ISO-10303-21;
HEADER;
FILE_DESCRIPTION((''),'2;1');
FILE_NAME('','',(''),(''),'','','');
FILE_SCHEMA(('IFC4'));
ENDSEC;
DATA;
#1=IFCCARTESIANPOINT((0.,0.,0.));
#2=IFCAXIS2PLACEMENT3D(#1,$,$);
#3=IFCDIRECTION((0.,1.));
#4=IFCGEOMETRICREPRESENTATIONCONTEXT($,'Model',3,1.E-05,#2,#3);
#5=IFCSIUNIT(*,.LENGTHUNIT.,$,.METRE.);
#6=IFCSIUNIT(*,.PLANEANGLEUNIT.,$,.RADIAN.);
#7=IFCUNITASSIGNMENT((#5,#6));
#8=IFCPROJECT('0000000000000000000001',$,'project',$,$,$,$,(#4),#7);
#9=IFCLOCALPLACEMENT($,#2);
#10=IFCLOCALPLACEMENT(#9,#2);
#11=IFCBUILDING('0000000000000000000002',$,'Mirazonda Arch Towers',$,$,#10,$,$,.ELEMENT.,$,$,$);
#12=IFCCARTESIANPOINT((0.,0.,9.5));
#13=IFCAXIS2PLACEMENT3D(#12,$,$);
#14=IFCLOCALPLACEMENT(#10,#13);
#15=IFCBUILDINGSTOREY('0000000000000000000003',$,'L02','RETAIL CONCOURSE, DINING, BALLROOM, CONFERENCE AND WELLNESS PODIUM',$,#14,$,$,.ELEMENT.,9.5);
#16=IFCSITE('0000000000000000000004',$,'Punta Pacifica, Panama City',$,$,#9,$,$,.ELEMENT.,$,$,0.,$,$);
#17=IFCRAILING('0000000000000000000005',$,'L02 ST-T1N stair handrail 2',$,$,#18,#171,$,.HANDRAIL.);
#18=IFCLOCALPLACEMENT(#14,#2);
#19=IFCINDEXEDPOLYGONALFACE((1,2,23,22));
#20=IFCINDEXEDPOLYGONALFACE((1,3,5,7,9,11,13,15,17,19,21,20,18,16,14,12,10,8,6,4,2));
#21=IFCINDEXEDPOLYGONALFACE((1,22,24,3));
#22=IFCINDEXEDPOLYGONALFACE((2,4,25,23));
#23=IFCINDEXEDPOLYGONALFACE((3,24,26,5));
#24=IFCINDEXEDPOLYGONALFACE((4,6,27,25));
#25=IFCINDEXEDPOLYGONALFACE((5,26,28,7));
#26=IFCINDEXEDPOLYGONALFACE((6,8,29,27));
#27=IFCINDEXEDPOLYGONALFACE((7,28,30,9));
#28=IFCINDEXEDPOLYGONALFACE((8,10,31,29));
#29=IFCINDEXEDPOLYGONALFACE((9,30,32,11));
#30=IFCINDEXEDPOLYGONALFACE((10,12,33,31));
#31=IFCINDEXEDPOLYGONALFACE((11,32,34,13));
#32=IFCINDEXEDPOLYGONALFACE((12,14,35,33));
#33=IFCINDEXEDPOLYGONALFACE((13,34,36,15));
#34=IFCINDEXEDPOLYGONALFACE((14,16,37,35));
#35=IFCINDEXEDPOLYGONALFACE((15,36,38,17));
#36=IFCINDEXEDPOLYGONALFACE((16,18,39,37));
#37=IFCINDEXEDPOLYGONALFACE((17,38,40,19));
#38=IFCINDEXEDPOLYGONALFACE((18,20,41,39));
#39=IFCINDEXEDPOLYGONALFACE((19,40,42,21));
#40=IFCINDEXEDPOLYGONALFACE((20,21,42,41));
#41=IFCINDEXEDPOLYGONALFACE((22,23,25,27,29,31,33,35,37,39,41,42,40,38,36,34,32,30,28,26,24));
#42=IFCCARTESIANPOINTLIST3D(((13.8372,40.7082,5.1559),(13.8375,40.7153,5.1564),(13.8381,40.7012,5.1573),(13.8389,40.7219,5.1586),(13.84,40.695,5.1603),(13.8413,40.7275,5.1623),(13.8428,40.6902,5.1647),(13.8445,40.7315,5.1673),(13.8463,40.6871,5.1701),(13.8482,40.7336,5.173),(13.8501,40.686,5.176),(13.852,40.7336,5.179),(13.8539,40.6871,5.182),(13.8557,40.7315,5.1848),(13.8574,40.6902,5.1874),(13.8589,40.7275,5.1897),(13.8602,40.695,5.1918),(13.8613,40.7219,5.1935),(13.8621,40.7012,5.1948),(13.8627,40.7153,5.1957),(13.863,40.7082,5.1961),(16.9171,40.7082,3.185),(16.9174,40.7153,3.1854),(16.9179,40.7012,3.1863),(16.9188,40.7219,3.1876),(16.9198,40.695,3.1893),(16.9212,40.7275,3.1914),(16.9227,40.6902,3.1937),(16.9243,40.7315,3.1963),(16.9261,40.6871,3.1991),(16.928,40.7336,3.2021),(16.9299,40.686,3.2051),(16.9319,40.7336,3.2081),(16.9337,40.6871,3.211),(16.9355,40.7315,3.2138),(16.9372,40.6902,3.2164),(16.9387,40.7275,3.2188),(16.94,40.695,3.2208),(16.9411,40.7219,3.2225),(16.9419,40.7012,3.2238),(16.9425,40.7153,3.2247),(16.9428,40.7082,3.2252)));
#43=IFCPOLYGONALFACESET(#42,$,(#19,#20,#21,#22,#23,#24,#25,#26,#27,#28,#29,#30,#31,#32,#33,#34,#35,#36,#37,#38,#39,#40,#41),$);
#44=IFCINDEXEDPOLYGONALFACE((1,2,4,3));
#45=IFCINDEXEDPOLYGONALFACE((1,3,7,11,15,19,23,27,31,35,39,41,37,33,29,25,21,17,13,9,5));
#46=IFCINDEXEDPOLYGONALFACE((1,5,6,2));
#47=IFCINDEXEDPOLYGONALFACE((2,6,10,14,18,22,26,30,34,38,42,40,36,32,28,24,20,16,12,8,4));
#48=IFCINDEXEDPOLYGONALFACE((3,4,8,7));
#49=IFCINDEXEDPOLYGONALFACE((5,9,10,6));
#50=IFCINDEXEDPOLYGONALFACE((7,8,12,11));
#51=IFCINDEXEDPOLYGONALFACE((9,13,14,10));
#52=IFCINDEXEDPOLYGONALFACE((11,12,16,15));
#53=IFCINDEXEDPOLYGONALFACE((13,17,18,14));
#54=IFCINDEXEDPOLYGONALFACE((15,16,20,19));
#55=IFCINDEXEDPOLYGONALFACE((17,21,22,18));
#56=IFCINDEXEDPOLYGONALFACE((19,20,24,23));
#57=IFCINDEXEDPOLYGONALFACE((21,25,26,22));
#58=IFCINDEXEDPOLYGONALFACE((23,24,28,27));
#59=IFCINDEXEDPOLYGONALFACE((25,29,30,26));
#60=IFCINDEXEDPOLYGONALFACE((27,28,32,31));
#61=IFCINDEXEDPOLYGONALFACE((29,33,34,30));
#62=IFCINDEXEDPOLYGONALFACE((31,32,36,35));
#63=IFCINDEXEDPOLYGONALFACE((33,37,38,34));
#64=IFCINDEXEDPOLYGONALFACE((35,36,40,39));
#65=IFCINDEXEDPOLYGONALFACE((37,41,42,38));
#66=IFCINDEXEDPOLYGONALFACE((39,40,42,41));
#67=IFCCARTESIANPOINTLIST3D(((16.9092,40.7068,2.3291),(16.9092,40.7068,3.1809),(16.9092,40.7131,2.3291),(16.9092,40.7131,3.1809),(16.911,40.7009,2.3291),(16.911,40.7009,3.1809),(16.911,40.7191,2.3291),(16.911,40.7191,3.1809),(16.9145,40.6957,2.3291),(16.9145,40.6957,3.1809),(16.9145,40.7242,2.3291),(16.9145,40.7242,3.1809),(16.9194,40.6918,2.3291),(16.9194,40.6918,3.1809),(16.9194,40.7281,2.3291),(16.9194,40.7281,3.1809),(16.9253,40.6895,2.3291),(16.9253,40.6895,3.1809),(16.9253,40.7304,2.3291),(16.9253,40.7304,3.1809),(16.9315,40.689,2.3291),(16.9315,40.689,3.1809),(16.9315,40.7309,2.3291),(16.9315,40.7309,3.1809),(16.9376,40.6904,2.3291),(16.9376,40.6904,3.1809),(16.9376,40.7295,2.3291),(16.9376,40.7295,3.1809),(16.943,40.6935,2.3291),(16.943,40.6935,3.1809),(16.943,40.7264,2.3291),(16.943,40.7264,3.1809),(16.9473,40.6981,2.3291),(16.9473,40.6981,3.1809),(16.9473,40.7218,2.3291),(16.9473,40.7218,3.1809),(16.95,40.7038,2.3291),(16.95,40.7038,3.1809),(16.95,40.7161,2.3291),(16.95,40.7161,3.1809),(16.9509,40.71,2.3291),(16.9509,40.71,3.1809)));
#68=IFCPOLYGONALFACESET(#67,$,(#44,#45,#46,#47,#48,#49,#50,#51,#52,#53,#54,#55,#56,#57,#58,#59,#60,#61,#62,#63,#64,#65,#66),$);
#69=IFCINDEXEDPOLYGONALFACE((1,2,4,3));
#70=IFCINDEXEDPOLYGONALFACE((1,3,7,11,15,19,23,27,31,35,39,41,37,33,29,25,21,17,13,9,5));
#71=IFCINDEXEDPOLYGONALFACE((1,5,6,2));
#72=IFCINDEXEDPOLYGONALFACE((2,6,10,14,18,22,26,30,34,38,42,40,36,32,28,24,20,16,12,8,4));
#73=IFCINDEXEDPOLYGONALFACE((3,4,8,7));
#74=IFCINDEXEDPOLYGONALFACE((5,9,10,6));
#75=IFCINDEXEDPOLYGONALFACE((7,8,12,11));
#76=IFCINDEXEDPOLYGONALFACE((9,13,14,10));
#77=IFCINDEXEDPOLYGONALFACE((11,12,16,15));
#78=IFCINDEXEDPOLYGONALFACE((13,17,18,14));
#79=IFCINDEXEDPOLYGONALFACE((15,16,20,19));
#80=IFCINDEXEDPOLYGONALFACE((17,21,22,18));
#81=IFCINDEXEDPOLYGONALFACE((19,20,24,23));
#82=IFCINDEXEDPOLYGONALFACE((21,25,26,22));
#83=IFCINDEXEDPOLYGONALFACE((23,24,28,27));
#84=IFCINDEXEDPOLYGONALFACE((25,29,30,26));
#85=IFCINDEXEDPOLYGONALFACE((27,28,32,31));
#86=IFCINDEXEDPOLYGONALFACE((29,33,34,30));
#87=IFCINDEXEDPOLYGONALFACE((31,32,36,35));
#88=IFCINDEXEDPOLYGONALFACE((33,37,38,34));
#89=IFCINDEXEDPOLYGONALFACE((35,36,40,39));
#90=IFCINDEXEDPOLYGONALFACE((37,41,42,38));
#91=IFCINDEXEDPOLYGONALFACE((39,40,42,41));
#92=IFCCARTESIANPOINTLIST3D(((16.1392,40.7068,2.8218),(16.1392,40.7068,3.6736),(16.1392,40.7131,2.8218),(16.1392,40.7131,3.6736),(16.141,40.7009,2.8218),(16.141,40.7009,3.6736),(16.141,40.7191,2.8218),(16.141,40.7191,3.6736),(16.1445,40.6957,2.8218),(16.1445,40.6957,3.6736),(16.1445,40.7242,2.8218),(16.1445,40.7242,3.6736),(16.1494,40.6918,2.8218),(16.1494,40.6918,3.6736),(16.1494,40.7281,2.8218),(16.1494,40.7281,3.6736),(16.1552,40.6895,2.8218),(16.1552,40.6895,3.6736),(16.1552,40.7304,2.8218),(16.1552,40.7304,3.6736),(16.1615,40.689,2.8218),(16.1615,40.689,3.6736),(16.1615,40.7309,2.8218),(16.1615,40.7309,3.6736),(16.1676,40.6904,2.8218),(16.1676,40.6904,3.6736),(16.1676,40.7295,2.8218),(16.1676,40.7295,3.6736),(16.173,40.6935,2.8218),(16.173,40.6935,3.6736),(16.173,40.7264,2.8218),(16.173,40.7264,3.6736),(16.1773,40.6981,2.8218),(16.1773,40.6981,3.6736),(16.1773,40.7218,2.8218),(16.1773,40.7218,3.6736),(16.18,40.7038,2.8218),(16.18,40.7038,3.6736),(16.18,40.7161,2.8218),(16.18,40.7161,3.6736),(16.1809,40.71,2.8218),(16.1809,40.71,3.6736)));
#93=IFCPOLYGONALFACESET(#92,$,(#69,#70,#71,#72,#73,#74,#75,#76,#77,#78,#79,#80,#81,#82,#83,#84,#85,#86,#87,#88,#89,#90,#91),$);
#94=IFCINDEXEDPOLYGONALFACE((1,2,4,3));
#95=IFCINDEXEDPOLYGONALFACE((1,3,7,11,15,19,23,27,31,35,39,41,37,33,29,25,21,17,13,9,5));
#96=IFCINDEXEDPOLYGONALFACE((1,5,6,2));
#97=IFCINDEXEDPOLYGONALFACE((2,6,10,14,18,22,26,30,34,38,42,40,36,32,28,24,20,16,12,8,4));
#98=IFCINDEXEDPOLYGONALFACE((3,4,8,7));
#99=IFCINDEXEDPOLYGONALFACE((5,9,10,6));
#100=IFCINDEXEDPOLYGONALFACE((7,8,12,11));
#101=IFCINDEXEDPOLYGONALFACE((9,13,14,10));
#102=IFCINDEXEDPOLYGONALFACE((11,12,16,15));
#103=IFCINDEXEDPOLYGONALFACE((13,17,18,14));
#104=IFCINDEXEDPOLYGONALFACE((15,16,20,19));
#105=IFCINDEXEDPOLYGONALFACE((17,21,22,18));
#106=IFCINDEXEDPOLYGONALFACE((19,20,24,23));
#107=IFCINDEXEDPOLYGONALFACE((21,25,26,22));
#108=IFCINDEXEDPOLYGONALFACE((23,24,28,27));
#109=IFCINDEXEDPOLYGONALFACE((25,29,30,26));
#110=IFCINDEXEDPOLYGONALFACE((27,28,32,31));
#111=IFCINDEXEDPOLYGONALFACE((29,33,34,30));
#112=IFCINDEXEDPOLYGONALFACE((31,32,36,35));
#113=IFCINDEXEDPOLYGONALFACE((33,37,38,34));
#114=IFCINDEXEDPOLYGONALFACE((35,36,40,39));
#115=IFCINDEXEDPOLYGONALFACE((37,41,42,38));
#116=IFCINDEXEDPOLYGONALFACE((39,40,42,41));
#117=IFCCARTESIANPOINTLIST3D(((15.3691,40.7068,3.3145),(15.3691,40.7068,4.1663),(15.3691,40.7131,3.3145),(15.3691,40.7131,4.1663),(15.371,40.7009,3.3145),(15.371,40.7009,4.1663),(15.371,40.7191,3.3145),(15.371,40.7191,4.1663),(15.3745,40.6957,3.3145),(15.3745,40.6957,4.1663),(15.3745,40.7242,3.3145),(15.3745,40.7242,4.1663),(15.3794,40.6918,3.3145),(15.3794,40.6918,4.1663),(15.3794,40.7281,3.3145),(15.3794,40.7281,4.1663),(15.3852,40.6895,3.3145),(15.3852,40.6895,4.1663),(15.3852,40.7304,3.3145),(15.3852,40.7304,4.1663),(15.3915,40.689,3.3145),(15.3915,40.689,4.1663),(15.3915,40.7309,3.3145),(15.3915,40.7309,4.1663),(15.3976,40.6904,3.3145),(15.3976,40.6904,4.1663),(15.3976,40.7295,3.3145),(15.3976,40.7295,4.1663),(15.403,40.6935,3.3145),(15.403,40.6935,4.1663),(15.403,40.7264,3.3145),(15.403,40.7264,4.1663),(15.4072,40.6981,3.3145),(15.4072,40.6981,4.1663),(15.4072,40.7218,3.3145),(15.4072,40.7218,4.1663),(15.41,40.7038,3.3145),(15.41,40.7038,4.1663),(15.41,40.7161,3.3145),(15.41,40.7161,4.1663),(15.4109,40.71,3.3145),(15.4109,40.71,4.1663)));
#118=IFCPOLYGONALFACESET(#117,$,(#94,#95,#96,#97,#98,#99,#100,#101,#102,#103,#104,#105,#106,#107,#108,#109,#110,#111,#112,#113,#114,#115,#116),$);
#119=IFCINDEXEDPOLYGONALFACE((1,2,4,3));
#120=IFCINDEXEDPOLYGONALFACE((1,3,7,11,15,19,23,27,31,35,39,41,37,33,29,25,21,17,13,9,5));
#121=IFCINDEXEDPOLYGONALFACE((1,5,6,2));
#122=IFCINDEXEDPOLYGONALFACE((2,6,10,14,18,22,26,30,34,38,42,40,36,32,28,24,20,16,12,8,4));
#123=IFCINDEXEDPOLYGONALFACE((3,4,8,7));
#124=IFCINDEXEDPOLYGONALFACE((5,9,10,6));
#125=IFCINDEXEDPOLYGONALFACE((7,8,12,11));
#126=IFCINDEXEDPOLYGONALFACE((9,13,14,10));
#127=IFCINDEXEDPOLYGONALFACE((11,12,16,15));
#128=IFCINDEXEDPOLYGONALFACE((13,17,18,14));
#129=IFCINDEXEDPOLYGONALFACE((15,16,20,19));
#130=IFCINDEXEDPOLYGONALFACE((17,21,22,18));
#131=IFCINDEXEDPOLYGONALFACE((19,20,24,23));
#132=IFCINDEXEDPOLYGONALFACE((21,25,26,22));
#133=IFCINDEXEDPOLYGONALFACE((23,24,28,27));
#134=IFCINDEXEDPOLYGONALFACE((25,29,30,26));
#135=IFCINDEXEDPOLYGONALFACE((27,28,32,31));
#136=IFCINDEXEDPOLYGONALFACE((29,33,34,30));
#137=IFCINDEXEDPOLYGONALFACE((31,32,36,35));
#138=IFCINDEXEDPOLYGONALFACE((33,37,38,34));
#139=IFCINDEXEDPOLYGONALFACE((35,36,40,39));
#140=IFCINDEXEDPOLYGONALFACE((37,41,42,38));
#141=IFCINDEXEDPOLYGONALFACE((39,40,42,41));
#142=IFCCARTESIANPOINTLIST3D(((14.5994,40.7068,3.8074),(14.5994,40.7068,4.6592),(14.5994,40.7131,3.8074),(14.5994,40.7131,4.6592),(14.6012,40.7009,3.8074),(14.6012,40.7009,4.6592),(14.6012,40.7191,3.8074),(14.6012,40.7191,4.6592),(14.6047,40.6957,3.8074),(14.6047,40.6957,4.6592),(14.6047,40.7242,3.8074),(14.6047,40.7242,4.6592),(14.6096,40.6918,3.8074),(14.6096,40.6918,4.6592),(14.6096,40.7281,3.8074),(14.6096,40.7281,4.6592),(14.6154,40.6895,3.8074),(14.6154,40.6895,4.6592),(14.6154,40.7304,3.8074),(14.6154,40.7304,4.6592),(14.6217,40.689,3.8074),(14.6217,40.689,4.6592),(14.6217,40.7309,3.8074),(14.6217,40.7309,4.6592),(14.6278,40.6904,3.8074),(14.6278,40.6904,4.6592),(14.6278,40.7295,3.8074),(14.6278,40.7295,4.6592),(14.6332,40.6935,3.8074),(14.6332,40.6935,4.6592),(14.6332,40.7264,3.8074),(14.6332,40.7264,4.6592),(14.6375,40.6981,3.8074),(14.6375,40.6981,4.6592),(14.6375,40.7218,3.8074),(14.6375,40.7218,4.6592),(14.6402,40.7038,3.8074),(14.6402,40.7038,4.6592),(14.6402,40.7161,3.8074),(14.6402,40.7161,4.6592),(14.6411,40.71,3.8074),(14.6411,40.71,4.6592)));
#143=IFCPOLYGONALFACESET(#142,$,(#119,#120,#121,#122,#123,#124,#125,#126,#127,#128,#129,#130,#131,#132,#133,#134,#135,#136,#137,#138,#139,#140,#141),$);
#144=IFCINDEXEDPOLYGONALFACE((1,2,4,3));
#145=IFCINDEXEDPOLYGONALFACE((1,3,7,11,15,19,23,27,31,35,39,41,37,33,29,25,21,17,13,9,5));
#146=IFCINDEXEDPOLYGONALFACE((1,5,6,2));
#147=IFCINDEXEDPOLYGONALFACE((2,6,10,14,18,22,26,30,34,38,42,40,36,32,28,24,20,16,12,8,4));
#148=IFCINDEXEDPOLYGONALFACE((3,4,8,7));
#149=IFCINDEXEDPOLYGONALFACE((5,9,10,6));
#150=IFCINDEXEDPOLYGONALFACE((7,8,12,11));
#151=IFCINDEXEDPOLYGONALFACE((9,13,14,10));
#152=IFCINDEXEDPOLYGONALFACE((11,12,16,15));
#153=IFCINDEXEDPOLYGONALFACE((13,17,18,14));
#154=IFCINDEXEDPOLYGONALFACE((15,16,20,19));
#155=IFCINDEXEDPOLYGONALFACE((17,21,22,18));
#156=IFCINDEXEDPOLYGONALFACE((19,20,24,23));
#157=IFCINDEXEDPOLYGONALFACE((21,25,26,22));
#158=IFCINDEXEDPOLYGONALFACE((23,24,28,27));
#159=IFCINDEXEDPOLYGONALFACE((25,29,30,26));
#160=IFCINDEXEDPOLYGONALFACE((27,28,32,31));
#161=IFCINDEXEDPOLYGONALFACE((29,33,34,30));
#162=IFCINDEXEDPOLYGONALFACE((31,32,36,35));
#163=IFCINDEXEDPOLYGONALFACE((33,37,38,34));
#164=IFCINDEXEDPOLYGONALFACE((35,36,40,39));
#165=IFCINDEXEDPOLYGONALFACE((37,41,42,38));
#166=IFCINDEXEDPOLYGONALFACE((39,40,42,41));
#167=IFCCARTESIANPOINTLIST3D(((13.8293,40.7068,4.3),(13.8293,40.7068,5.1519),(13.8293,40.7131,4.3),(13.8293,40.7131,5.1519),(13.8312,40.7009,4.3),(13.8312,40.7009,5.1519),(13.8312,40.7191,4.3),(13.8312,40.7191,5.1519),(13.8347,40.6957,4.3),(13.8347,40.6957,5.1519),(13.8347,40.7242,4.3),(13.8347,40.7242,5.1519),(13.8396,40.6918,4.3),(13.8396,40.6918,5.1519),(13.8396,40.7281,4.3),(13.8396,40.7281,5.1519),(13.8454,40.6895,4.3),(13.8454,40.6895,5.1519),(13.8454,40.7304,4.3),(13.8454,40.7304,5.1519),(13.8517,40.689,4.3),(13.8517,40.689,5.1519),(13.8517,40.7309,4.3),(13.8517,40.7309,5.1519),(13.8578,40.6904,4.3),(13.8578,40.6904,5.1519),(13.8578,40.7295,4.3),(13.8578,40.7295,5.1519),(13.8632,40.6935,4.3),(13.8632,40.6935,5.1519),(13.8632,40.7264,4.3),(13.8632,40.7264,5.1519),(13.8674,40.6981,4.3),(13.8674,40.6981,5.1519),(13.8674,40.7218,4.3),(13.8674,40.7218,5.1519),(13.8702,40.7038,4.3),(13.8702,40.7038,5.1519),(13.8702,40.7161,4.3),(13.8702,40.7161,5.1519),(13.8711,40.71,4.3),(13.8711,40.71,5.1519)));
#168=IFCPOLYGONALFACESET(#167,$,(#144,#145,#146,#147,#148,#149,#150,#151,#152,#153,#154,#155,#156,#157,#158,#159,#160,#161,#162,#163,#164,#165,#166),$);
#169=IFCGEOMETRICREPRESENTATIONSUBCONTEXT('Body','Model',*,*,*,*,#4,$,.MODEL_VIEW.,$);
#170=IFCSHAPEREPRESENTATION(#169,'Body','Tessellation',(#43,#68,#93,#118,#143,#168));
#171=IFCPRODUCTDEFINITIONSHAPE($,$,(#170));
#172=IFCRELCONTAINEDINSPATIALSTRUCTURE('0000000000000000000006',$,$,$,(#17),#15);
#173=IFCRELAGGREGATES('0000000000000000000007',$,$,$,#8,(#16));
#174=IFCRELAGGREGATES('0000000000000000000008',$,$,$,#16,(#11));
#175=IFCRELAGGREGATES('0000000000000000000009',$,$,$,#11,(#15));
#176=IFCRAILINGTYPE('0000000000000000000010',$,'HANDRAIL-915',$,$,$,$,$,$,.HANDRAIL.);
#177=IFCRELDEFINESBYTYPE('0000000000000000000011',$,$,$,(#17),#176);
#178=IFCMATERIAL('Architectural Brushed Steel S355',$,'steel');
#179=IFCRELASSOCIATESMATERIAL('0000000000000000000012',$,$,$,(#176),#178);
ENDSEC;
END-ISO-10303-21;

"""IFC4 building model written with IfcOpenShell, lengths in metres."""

from ifc_helpers import new_model, si_unit, direction, frame, origin, origin_2d, place, context, subcontext, project, spatial, circle, extrude, material, type_object, element, save


model = new_model("IFC4")

# Units and contexts
model_context = context("Model", 3, precision=1e-05, world=origin(), true_north=direction((0.0, 1.0)))
body_context = subcontext(model_context, "Body", "Model", "MODEL_VIEW")
ifc_project = project(units=[si_unit("LENGTHUNIT", "METRE"), si_unit("PLANEANGLEUNIT", "RADIAN")], contexts=[model_context])

# Site, building, storey
site_placement = place(None, origin())
site = spatial("IfcSite", under=ifc_project, at=site_placement, Name="Punta Pacifica, Panama City", CompositionType="ELEMENT", RefElevation=0.0)
building_placement = place(site_placement, origin())
building = spatial("IfcBuilding", under=site, at=building_placement, Name="Mirazonda Arch Towers", CompositionType="ELEMENT")
storey_placement = place(building_placement, frame((0.0, 0.0, 9.5)))
storey = spatial("IfcBuildingStorey", under=building, at=storey_placement, Name="L02", Description="RETAIL CONCOURSE, DINING, BALLROOM, CONFERENCE AND WELLNESS PODIUM", CompositionType="ELEMENT", Elevation=9.5)

# Shared definitions
ifc_material_1 = material(Name="Architectural Brushed Steel S355", Category="steel")

# Railing
railing_type_1 = type_object("IfcRailingType", Name="HANDRAIL-915", PredefinedType="HANDRAIL", material=ifc_material_1)
railing_1_placement = place(storey_placement, frame((16.9299, 40.71, 2.3291)))
element("IfcRailing", 1, at=railing_1_placement, inside=storey, type_object=railing_type_1, Name="L02 ST-T1N stair handrail 2", PredefinedType="HANDRAIL", context=body_context, shape_type="SweptSolid", body=[
    extrude(circle(Radius=0.0239, at=origin_2d()), frame((0.0, 0.0, 0.876), z_axis=(-0.84229, 0.0, 0.539025), x_axis=(0.0, -1.0, 0.0)), (0.0, 0.0, 1.0), 3.6565),
    extrude(circle(Radius=0.021, at=origin_2d()), origin(), (0.0, 0.0, 1.0), 0.8518),
    extrude(circle(Radius=0.021, at=origin_2d()), frame((-0.77, 0.0, 0.4927)), (0.0, 0.0, 1.0), 0.8518),
    extrude(circle(Radius=0.021, at=origin_2d()), frame((-1.54, 0.0, 0.9854)), (0.0, 0.0, 1.0), 0.8518),
    extrude(circle(Radius=0.021, at=origin_2d()), frame((-2.3098, 0.0, 1.4783)), (0.0, 0.0, 1.0), 0.8518),
    extrude(circle(Radius=0.021, at=origin_2d()), frame((-3.0798, 0.0, 1.9709)), (0.0, 0.0, 1.0), 0.8518),
])

save(model, "model.ifc")
